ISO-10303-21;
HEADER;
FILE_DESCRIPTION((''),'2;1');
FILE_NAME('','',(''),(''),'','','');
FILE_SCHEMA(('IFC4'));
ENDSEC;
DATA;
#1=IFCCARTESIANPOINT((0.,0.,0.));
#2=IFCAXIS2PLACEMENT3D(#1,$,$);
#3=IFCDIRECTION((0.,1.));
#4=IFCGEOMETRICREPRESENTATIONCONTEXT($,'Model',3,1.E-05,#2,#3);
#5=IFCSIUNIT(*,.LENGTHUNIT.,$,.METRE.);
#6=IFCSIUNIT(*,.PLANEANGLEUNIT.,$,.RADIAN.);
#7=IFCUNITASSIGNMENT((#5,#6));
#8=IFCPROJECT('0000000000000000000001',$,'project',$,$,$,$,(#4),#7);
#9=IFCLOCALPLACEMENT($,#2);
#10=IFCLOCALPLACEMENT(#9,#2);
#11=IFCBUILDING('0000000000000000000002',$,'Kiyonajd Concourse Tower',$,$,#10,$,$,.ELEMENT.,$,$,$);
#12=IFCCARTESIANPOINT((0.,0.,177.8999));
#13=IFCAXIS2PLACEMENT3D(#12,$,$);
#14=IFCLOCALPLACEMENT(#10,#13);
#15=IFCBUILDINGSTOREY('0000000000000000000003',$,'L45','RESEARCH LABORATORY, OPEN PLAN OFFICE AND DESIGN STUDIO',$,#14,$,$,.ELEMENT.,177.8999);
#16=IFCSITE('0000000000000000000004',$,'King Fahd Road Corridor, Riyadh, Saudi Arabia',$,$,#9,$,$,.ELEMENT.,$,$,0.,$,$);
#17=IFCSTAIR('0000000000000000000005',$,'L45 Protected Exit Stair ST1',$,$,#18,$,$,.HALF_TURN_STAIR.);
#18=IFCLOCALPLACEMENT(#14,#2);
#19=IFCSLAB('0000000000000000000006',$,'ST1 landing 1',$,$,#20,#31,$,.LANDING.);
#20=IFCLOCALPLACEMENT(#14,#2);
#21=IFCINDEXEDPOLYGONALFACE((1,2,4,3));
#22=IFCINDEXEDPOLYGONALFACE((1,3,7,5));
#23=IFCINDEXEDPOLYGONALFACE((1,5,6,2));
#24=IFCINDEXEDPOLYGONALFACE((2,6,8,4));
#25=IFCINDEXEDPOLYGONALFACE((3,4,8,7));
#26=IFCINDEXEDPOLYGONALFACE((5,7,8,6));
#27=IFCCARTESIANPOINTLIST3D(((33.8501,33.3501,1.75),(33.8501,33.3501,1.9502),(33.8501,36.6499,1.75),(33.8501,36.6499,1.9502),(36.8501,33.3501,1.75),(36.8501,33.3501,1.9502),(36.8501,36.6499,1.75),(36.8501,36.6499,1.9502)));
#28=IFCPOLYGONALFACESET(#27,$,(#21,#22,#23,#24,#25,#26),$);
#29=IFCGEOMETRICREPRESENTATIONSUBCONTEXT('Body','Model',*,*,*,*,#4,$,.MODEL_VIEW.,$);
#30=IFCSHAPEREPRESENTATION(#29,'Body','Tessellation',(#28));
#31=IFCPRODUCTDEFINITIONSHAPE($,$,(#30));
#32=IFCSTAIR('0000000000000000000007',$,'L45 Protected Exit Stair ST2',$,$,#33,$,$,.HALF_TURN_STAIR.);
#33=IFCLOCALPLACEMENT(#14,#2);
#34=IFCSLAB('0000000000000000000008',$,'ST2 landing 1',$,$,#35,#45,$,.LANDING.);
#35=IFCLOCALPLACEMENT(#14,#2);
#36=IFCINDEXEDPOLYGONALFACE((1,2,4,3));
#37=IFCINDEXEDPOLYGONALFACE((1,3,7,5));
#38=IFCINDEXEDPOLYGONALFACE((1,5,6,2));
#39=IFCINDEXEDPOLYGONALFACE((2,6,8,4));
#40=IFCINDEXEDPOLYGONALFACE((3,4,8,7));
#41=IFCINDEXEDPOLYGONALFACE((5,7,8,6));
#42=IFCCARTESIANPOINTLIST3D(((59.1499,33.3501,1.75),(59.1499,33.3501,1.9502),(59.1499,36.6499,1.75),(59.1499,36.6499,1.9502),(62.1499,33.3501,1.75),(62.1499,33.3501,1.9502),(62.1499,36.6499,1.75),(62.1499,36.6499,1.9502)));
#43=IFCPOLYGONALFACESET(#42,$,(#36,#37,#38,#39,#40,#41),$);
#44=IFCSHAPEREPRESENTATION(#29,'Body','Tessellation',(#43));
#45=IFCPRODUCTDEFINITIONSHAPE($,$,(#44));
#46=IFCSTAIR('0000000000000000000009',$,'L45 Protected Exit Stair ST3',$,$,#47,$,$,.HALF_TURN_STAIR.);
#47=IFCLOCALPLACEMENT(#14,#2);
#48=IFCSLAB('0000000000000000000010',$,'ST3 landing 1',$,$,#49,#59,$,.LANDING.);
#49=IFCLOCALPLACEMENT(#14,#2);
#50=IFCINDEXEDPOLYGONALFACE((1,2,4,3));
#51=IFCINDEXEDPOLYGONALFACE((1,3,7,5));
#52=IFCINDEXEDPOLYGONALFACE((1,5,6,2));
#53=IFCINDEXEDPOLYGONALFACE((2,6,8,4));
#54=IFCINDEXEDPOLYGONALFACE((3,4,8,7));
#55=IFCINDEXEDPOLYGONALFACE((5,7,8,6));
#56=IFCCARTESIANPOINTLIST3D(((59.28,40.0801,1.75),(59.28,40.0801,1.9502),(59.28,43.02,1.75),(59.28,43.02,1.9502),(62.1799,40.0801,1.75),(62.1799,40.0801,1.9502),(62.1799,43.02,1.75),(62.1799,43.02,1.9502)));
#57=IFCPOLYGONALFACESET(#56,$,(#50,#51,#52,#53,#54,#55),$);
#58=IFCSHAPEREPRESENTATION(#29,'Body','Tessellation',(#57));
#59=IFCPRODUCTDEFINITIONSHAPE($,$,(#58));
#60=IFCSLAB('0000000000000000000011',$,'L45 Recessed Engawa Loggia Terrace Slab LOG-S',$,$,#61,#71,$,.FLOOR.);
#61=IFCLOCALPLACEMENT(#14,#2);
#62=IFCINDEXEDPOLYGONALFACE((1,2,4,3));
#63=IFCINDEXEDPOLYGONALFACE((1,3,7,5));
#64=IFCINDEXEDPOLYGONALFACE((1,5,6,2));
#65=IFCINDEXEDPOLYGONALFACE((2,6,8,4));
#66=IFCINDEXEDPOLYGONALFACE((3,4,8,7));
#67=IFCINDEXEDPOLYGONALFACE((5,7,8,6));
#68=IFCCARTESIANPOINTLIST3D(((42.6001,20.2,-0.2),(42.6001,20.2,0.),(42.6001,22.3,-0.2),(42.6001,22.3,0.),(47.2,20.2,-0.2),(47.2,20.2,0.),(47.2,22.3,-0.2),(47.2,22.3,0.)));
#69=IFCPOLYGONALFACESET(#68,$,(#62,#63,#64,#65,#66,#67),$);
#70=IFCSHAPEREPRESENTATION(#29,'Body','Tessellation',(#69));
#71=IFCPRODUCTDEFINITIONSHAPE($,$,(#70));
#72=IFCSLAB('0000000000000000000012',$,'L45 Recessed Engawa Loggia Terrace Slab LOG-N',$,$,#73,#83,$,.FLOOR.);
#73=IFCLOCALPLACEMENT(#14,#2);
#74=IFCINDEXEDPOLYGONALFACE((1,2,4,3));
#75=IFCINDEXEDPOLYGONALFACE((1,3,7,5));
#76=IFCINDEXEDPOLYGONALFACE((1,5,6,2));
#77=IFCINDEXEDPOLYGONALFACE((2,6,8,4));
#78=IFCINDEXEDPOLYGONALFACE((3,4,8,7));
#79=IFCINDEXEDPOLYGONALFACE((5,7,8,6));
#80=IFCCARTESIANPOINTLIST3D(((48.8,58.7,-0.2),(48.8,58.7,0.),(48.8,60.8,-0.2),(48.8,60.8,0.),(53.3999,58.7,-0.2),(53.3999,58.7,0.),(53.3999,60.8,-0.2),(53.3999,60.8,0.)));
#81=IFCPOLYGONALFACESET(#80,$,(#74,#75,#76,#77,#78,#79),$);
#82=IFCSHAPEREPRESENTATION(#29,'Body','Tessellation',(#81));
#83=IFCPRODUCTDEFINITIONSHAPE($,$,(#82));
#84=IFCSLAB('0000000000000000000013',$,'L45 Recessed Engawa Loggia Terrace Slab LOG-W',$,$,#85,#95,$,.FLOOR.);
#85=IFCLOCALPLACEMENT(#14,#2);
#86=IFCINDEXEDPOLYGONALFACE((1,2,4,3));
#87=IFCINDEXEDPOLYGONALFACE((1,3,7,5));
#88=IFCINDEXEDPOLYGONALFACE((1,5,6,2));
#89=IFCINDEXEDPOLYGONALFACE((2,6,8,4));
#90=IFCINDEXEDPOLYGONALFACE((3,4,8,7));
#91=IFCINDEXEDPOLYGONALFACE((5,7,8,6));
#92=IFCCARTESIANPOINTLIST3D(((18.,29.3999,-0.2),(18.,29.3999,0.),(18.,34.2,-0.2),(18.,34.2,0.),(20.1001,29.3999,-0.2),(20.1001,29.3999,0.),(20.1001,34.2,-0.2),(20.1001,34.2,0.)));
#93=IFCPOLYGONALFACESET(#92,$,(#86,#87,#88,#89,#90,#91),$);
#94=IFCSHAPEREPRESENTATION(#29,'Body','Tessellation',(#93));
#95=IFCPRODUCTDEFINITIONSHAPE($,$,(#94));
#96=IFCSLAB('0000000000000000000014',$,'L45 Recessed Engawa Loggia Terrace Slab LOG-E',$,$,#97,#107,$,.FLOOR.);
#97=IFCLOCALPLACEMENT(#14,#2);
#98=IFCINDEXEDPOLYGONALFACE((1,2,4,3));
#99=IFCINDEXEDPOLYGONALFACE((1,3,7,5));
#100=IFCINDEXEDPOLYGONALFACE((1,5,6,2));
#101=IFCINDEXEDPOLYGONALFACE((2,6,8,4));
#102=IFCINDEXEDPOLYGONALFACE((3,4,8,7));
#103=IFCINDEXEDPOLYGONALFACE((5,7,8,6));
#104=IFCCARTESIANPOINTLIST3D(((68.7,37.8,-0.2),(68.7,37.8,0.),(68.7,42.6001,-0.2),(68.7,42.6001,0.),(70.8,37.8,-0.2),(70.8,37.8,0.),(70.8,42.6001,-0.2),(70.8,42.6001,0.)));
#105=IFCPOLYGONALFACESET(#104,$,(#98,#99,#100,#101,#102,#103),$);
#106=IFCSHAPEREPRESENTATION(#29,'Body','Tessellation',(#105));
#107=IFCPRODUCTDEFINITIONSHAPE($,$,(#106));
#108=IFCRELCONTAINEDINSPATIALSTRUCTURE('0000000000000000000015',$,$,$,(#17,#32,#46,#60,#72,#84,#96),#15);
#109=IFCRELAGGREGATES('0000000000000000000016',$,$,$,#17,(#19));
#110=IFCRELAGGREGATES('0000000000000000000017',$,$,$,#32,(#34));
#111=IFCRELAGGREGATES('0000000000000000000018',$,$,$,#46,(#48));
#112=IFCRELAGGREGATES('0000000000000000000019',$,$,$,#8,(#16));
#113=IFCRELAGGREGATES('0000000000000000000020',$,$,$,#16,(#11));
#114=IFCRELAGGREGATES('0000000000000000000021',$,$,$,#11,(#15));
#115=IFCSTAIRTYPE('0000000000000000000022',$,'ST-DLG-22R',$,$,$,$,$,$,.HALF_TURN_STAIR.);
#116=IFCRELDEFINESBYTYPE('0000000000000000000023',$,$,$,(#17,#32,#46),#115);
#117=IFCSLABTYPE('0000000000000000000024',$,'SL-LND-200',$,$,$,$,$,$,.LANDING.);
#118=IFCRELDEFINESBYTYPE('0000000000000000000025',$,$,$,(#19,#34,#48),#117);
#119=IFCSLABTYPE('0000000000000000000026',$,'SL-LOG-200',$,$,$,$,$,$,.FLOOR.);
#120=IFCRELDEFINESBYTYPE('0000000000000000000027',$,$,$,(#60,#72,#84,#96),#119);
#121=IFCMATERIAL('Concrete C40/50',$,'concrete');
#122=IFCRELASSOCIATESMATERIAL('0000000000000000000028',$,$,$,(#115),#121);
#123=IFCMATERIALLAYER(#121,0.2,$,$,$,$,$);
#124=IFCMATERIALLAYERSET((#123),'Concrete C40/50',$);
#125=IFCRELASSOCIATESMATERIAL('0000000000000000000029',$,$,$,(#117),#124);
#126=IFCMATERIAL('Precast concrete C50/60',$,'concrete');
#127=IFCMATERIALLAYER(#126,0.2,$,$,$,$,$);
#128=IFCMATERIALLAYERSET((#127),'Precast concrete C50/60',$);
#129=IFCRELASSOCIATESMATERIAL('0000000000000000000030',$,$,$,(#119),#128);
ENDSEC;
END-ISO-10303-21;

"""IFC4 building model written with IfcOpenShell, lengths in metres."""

from ifc_helpers import new_model, si_unit, direction, frame, origin, place, context, subcontext, project, spatial, polyline, outline, extrude, material, layer, layer_set, type_object, element, aggregate, save


model = new_model("IFC4")

# Units and contexts
model_context = context("Model", 3, precision=1e-05, world=origin(), true_north=direction((0.0, 1.0)))
body_context = subcontext(model_context, "Body", "Model", "MODEL_VIEW")
ifc_project = project(units=[si_unit("LENGTHUNIT", "METRE"), si_unit("PLANEANGLEUNIT", "RADIAN")], contexts=[model_context])

# Site, building, storey
site_placement = place(None, origin())
site = spatial("IfcSite", under=ifc_project, at=site_placement, Name="King Fahd Road Corridor, Riyadh, Saudi Arabia", CompositionType="ELEMENT", RefElevation=0.0)
building_placement = place(site_placement, origin())
building = spatial("IfcBuilding", under=site, at=building_placement, Name="Kiyonajd Concourse Tower", CompositionType="ELEMENT")
storey_placement = place(building_placement, frame((0.0, 0.0, 177.8999)))
storey = spatial("IfcBuildingStorey", under=building, at=storey_placement, Name="L45", Description="RESEARCH LABORATORY, OPEN PLAN OFFICE AND DESIGN STUDIO", CompositionType="ELEMENT", Elevation=177.8999)

# Stairs, slabs
ifc_material_1 = material(Name="Concrete C40/50", Category="concrete")
stair_type = type_object("IfcStairType", Name="ST-DLG-22R", PredefinedType="HALF_TURN_STAIR", material=ifc_material_1)
stair_1_placement = place(storey_placement, origin())
stair_1 = element("IfcStair", 1, at=stair_1_placement, inside=storey, type_object=stair_type, Name="L45 Protected Exit Stair ST1", PredefinedType="HALF_TURN_STAIR")
ifc_layer_1 = layer(ifc_material_1, 0.2)
ifc_layer_set_1 = layer_set([ifc_layer_1], Name="Concrete C40/50")
slab_type_1 = type_object("IfcSlabType", Name="SL-LND-200", PredefinedType="LANDING", material=ifc_layer_set_1)
slab_1_placement = place(storey_placement, frame((0.0, 0.0, 1.75)))
slab_1 = element("IfcSlab", 2, at=slab_1_placement, type_object=slab_type_1, Name="ST1 landing 1", PredefinedType="LANDING", context=body_context, shape_type="SweptSolid", body=[
    extrude(outline(polyline([(36.8501, 33.3501), (36.8501, 36.6499), (33.8501, 36.6499), (33.8501, 33.3501), (36.8501, 33.3501)])), origin(), (0.0, 0.0, 1.0), 0.2002),
])
aggregate(stair_1, [slab_1])
stair_2_placement = place(storey_placement, origin())
stair_2 = element("IfcStair", 3, at=stair_2_placement, inside=storey, type_object=stair_type, Name="L45 Protected Exit Stair ST2", PredefinedType="HALF_TURN_STAIR")
slab_2_placement = place(storey_placement, frame((0.0, 0.0, 1.75)))
slab_2 = element("IfcSlab", 4, at=slab_2_placement, type_object=slab_type_1, Name="ST2 landing 1", PredefinedType="LANDING", context=body_context, shape_type="SweptSolid", body=[
    extrude(outline(polyline([(62.1499, 33.3501), (62.1499, 36.6499), (59.1499, 36.6499), (59.1499, 33.3501), (62.1499, 33.3501)])), origin(), (0.0, 0.0, 1.0), 0.2002),
])
aggregate(stair_2, [slab_2])
stair_3_placement = place(storey_placement, origin())
stair_3 = element("IfcStair", 5, at=stair_3_placement, inside=storey, type_object=stair_type, Name="L45 Protected Exit Stair ST3", PredefinedType="HALF_TURN_STAIR")
slab_3_placement = place(storey_placement, frame((0.0, 0.0, 1.75)))
slab_3 = element("IfcSlab", 6, at=slab_3_placement, type_object=slab_type_1, Name="ST3 landing 1", PredefinedType="LANDING", context=body_context, shape_type="SweptSolid", body=[
    extrude(outline(polyline([(59.28, 40.0801), (62.1799, 40.0801), (62.1799, 43.02), (59.28, 43.02), (59.28, 40.0801)])), origin(), (0.0, 0.0, 1.0), 0.2002),
])
aggregate(stair_3, [slab_3])

# Slabs
ifc_material_2 = material(Name="Precast concrete C50/60", Category="concrete")
ifc_layer_2 = layer(ifc_material_2, 0.2)
ifc_layer_set_2 = layer_set([ifc_layer_2], Name="Precast concrete C50/60")
slab_type_2 = type_object("IfcSlabType", Name="SL-LOG-200", PredefinedType="FLOOR", material=ifc_layer_set_2)
slab_4_placement = place(storey_placement, frame((0.0, 0.0, -0.2)))
element("IfcSlab", 7, at=slab_4_placement, inside=storey, type_object=slab_type_2, Name="L45 Recessed Engawa Loggia Terrace Slab LOG-S", PredefinedType="FLOOR", context=body_context, shape_type="SweptSolid", body=[
    extrude(outline(polyline([(42.6001, 20.2), (47.2, 20.2), (47.2, 22.3), (42.6001, 22.3), (42.6001, 20.2)])), origin(), (0.0, 0.0, 1.0), 0.2),
])
slab_5_placement = place(storey_placement, frame((0.0, 0.0, -0.2)))
element("IfcSlab", 8, at=slab_5_placement, inside=storey, type_object=slab_type_2, Name="L45 Recessed Engawa Loggia Terrace Slab LOG-N", PredefinedType="FLOOR", context=body_context, shape_type="SweptSolid", body=[
    extrude(outline(polyline([(48.8, 58.7), (53.3999, 58.7), (53.3999, 60.8), (48.8, 60.8), (48.8, 58.7)])), origin(), (0.0, 0.0, 1.0), 0.2),
])
slab_6_placement = place(storey_placement, frame((0.0, 0.0, -0.2)))
element("IfcSlab", 9, at=slab_6_placement, inside=storey, type_object=slab_type_2, Name="L45 Recessed Engawa Loggia Terrace Slab LOG-W", PredefinedType="FLOOR", context=body_context, shape_type="SweptSolid", body=[
    extrude(outline(polyline([(18.0, 29.3999), (20.1001, 29.3999), (20.1001, 34.2), (18.0, 34.2), (18.0, 29.3999)])), origin(), (0.0, 0.0, 1.0), 0.2),
])
slab_7_placement = place(storey_placement, frame((0.0, 0.0, -0.2)))
element("IfcSlab", 10, at=slab_7_placement, inside=storey, type_object=slab_type_2, Name="L45 Recessed Engawa Loggia Terrace Slab LOG-E", PredefinedType="FLOOR", context=body_context, shape_type="SweptSolid", body=[
    extrude(outline(polyline([(68.7, 37.8), (70.8, 37.8), (70.8, 42.6001), (68.7, 42.6001), (68.7, 37.8)])), origin(), (0.0, 0.0, 1.0), 0.2),
])

save(model, "model.ifc")
